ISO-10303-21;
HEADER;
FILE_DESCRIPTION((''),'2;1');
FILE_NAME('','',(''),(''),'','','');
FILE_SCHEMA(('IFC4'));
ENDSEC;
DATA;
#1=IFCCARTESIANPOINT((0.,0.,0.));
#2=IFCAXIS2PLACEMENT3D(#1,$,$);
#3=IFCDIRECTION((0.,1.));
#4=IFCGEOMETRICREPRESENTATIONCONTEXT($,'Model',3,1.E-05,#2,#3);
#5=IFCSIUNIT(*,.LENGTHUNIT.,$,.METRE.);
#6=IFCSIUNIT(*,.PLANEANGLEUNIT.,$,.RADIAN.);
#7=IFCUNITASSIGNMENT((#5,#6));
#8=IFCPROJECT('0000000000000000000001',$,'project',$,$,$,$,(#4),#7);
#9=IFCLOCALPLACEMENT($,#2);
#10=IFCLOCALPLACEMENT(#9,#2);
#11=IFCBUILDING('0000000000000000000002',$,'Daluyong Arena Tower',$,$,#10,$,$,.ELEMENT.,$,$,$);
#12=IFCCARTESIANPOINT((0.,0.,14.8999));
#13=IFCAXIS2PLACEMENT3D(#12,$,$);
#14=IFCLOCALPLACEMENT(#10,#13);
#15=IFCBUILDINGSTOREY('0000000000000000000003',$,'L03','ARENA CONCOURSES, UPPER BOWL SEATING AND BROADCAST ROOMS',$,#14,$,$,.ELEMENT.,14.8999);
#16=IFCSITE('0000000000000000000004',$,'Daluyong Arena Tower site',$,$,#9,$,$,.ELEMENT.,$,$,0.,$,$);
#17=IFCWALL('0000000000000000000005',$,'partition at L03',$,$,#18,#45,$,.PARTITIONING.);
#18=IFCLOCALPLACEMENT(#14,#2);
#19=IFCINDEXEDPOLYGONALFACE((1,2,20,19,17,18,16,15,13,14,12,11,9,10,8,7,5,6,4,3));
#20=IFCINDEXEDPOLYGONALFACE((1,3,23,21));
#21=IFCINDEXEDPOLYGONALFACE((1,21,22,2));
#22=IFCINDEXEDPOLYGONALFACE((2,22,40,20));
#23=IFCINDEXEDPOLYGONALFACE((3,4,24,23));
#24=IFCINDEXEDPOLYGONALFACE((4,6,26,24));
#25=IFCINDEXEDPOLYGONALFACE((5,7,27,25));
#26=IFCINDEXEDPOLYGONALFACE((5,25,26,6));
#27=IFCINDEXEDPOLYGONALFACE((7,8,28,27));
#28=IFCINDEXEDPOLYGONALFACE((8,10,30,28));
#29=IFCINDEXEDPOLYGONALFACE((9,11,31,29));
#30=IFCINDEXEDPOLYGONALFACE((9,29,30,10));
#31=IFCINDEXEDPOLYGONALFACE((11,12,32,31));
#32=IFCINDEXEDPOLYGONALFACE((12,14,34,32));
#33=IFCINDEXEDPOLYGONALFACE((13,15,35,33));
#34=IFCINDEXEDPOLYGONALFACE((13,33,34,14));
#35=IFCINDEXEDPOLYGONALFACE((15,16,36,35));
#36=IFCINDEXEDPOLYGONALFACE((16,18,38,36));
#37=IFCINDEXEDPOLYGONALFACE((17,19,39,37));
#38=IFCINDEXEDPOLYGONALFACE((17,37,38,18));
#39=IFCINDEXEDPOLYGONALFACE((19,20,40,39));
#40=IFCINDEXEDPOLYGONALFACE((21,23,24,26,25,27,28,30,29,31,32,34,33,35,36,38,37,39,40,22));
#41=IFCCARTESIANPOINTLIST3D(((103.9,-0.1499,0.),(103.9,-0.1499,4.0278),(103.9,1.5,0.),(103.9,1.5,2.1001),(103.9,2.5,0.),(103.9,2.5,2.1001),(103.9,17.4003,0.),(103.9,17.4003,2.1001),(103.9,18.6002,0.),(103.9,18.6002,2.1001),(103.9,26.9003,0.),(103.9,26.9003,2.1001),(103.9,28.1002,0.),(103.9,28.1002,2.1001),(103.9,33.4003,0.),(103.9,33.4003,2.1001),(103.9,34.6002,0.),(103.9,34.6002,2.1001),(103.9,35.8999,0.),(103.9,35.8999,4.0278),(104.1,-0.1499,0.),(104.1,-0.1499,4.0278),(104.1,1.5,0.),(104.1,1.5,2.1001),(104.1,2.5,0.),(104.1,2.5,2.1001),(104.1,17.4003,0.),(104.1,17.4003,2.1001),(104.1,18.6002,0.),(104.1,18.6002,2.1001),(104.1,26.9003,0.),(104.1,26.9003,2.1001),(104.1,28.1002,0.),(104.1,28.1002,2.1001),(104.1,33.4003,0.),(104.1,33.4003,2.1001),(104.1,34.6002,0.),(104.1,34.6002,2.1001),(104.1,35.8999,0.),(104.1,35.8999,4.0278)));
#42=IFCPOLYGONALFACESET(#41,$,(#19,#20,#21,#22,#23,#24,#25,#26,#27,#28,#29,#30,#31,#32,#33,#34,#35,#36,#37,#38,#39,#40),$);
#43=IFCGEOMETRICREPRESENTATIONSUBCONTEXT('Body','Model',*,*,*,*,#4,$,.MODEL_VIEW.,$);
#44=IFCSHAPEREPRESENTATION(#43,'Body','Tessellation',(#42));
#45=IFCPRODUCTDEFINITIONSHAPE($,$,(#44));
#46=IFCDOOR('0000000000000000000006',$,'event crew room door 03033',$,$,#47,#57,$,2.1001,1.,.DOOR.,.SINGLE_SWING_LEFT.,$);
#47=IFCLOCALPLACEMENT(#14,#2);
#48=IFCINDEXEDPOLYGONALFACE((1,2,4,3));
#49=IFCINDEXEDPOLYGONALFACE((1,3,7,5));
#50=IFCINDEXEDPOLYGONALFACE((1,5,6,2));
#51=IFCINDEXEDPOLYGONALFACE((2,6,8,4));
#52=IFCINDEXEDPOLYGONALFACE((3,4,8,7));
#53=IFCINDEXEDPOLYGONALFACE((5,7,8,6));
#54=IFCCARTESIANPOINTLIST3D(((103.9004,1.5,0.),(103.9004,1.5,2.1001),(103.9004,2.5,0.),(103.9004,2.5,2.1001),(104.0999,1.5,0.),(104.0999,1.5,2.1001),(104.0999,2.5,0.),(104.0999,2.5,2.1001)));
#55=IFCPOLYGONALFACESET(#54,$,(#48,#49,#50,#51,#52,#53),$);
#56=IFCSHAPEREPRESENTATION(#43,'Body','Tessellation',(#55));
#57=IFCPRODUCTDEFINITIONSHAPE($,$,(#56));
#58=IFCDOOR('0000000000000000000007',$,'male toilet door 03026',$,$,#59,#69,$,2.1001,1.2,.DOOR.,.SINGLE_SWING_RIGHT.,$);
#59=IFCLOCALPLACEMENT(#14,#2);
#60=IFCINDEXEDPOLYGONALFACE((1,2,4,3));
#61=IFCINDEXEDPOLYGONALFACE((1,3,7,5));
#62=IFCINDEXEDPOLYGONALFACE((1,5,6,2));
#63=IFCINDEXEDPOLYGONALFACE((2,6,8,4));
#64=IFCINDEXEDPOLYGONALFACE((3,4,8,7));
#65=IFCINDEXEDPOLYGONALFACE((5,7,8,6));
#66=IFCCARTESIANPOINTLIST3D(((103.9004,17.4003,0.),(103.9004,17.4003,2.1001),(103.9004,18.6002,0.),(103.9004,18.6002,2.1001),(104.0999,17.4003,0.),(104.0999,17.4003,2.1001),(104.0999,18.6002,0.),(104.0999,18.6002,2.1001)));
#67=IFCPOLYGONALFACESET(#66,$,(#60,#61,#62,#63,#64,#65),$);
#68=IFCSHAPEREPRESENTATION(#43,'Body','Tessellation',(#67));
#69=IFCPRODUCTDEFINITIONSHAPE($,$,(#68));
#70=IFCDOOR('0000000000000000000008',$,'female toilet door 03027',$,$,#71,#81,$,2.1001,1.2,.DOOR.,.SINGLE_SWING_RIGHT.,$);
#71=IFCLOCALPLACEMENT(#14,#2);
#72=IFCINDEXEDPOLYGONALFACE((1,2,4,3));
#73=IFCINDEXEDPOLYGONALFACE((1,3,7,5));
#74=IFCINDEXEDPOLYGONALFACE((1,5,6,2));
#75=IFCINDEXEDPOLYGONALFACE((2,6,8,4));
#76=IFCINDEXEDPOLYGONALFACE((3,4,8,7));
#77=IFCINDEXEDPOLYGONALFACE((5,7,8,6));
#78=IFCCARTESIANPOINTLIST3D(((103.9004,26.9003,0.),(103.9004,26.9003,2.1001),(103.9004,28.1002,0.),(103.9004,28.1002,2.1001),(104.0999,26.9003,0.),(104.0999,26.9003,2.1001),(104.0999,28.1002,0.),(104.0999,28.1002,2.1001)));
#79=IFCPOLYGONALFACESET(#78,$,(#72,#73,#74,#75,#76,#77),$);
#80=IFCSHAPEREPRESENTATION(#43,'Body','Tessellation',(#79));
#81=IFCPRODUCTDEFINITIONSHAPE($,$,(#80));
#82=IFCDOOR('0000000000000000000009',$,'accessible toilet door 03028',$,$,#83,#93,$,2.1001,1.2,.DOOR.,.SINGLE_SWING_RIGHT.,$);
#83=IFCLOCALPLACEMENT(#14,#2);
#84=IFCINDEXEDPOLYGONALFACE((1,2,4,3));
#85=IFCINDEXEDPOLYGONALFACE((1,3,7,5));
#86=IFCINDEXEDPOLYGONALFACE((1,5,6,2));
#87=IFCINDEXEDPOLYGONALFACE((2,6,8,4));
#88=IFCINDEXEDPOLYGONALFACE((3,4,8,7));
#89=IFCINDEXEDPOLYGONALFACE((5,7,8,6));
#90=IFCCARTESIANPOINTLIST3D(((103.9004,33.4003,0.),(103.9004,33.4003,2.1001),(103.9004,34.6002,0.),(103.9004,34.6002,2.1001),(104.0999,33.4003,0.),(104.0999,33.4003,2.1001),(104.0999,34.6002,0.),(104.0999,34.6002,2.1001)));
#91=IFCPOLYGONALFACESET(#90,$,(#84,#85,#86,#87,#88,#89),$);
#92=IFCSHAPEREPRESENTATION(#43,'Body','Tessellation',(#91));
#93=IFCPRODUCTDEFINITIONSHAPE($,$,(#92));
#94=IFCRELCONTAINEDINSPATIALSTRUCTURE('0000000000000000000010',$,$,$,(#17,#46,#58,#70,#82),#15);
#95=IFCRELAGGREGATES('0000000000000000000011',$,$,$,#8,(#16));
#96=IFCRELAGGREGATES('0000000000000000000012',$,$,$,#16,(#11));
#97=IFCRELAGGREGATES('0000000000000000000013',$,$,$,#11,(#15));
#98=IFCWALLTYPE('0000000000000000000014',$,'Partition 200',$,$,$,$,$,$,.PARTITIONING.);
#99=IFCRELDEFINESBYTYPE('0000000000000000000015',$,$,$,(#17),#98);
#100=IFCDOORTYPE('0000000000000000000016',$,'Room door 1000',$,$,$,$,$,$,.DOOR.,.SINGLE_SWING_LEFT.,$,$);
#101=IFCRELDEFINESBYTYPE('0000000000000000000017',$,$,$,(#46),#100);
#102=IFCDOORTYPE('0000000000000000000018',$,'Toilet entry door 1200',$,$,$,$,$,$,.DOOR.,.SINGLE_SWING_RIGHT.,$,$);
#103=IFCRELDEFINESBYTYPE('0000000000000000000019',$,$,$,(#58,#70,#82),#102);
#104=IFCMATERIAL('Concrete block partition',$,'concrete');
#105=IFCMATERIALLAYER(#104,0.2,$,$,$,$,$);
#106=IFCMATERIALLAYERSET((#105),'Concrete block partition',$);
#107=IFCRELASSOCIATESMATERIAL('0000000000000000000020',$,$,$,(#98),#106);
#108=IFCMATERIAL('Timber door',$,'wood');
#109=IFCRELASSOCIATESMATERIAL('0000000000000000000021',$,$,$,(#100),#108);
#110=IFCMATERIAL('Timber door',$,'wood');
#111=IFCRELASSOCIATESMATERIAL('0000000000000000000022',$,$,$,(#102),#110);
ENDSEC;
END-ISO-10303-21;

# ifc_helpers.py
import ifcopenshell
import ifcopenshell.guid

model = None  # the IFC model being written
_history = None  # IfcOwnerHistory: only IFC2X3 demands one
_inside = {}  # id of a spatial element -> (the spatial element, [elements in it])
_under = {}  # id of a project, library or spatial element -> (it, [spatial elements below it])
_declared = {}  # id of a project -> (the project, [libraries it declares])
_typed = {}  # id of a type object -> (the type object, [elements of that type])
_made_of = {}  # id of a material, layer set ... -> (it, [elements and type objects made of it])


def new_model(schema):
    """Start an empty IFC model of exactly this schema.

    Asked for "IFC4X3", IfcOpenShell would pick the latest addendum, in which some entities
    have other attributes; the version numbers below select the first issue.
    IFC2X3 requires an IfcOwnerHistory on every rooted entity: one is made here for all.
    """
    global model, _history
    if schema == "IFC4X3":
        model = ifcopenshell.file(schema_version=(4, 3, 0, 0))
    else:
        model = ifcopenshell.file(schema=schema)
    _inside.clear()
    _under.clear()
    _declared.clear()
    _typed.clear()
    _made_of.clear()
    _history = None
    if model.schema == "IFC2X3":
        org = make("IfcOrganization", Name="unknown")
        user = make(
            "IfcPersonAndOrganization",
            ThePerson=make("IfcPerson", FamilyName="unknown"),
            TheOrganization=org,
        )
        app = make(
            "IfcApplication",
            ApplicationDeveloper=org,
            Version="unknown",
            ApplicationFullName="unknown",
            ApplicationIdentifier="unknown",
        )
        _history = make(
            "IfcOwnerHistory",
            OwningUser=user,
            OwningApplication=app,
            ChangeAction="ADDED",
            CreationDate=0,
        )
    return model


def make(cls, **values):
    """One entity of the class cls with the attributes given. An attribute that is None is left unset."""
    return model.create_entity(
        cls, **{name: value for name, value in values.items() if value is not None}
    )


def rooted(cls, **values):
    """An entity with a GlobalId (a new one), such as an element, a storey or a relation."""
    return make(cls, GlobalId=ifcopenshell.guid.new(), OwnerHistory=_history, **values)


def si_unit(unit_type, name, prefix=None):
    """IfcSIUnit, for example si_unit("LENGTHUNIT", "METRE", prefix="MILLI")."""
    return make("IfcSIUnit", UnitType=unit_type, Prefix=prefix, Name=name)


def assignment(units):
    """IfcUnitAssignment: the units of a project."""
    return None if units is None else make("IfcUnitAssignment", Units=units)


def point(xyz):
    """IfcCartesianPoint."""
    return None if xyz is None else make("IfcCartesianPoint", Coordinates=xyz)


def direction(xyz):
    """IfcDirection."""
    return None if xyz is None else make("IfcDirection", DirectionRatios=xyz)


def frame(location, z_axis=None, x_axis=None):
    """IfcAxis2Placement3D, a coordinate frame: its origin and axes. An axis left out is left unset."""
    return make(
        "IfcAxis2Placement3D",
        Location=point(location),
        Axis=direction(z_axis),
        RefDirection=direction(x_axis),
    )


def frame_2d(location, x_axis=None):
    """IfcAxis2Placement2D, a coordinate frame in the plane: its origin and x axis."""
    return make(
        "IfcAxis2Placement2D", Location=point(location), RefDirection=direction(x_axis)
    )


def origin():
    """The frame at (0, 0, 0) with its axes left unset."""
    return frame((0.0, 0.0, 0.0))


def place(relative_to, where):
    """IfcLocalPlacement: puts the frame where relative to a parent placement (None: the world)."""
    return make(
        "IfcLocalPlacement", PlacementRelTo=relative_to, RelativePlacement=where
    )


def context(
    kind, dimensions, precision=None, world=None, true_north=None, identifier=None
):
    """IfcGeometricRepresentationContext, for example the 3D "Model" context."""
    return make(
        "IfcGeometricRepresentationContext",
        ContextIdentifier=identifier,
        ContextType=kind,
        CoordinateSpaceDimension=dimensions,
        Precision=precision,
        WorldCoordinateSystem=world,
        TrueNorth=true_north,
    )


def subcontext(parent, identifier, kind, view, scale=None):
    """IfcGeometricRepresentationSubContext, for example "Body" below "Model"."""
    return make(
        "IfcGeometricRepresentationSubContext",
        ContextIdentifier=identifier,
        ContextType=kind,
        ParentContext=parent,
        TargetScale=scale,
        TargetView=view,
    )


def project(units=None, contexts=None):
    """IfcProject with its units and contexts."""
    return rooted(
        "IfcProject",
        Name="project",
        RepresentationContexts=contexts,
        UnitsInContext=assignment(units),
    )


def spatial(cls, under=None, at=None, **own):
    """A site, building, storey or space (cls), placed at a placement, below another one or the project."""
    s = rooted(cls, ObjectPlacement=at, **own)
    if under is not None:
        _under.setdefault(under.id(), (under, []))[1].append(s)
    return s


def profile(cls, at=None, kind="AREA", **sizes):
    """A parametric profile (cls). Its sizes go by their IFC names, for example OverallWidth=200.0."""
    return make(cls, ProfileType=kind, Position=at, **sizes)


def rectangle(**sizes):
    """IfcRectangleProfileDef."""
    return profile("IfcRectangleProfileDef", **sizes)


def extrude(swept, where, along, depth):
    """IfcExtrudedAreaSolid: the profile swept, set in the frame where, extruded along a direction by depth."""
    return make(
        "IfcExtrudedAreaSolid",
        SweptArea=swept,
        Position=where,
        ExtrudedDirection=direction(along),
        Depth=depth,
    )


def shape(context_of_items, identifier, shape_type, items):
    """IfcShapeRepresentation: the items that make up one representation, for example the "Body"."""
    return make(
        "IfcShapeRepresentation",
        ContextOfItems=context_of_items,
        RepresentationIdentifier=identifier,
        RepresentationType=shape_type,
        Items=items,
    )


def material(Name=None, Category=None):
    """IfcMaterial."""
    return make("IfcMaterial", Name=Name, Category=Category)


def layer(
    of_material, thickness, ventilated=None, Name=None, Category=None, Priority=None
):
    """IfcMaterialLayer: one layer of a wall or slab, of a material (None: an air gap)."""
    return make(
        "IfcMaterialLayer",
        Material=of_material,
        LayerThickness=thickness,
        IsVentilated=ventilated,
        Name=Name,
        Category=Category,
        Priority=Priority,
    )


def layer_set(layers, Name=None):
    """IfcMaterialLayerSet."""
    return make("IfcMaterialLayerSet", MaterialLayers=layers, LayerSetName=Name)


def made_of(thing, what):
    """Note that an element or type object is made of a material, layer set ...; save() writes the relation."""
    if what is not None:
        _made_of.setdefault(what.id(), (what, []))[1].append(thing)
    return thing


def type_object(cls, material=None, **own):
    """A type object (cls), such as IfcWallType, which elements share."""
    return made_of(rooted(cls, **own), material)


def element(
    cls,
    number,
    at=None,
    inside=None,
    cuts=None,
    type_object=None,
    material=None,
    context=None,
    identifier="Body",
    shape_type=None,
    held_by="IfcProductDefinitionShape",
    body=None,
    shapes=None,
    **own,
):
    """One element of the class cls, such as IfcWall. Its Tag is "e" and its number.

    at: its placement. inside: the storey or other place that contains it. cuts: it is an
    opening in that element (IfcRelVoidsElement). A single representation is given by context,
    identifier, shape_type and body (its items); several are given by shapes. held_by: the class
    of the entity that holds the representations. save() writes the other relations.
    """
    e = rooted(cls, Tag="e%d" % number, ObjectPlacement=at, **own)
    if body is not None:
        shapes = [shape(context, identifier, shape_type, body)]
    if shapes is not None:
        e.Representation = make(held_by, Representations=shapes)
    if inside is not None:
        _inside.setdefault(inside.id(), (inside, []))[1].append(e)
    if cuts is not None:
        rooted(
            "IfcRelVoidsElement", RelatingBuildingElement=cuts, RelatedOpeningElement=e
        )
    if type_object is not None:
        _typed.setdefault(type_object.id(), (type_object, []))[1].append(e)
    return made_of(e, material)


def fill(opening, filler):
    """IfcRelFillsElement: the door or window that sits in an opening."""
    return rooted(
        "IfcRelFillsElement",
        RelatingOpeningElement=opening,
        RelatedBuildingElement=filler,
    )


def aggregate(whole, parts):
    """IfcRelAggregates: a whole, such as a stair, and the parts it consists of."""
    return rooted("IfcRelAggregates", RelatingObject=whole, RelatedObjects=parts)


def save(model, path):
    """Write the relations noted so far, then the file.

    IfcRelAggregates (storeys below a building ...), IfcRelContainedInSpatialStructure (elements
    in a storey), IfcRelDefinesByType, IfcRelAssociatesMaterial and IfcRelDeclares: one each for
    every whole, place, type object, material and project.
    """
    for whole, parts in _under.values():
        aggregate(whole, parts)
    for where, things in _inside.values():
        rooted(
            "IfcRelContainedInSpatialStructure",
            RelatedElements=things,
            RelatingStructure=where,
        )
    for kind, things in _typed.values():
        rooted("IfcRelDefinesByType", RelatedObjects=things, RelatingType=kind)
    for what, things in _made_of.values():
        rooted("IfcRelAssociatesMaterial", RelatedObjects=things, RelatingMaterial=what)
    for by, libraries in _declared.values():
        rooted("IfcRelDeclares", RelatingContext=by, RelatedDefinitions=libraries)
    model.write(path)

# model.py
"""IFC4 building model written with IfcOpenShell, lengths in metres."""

from ifc_helpers import new_model, si_unit, direction, frame, frame_2d, origin, place, context, subcontext, project, spatial, rectangle, extrude, material, layer, layer_set, type_object, element, fill, save


model = new_model("IFC4")

# Units and contexts
model_context = context("Model", 3, precision=1e-05, world=origin(), true_north=direction((0.0, 1.0)))
body_context = subcontext(model_context, "Body", "Model", "MODEL_VIEW")
ifc_project = project(units=[si_unit("LENGTHUNIT", "METRE"), si_unit("PLANEANGLEUNIT", "RADIAN")], contexts=[model_context])

# Site, building, storey
site_placement = place(None, origin())
site = spatial("IfcSite", under=ifc_project, at=site_placement, Name="Daluyong Arena Tower site", CompositionType="ELEMENT", RefElevation=0.0)
building_placement = place(site_placement, origin())
building = spatial("IfcBuilding", under=site, at=building_placement, Name="Daluyong Arena Tower", CompositionType="ELEMENT")
storey_placement = place(building_placement, frame((0.0, 0.0, 14.8999)))
storey = spatial("IfcBuildingStorey", under=building, at=storey_placement, Name="L03", Description="ARENA CONCOURSES, UPPER BOWL SEATING AND BROADCAST ROOMS", CompositionType="ELEMENT", Elevation=14.8999)

# Wall, openings, doors
ifc_material_1 = material(Name="Concrete block partition", Category="concrete")
ifc_layer = layer(ifc_material_1, 0.2)
ifc_layer_set = layer_set([ifc_layer], Name="Concrete block partition")
wall_type = type_object("IfcWallType", Name="Partition 200", PredefinedType="PARTITIONING", material=ifc_layer_set)
wall_placement = place(storey_placement, frame((104.0, -0.1499, 0.0), z_axis=(0.0, 0.0, 1.0), x_axis=(0.0, 1.0, 0.0)))
wall = element("IfcWall", 1, at=wall_placement, inside=storey, type_object=wall_type, Name="partition at L03", PredefinedType="PARTITIONING", context=body_context, shape_type="SweptSolid", body=[
    extrude(rectangle(XDim=36.0498, YDim=0.2, at=frame_2d((18.0249, 0.0))), origin(), (0.0, 0.0, 1.0), 4.0278),
])
opening_1_placement = place(wall_placement, frame((17.55, 0.0, 0.0)))
opening_1 = element("IfcOpeningElement", 2, at=opening_1_placement, cuts=wall, PredefinedType="OPENING", context=body_context, shape_type="SweptSolid", body=[
    extrude(rectangle(XDim=1.2, YDim=2.1001, at=frame_2d((0.6001, 1.05))), frame((0.0, 0.1099, 0.0), z_axis=(0.0, -1.0, 0.0), x_axis=(1.0, 0.0, 0.0)), (0.0, 0.0, 1.0), 0.22),
])
opening_2_placement = place(wall_placement, frame((27.05, 0.0, 0.0)))
opening_2 = element("IfcOpeningElement", 3, at=opening_2_placement, cuts=wall, PredefinedType="OPENING", context=body_context, shape_type="SweptSolid", body=[
    extrude(rectangle(XDim=1.2, YDim=2.1001, at=frame_2d((0.6001, 1.05))), frame((0.0, 0.1099, 0.0), z_axis=(0.0, -1.0, 0.0), x_axis=(1.0, 0.0, 0.0)), (0.0, 0.0, 1.0), 0.22),
])
opening_3_placement = place(wall_placement, frame((33.55, 0.0, 0.0)))
opening_3 = element("IfcOpeningElement", 4, at=opening_3_placement, cuts=wall, PredefinedType="OPENING", context=body_context, shape_type="SweptSolid", body=[
    extrude(rectangle(XDim=1.2, YDim=2.1001, at=frame_2d((0.6001, 1.05))), frame((0.0, 0.1099, 0.0), z_axis=(0.0, -1.0, 0.0), x_axis=(1.0, 0.0, 0.0)), (0.0, 0.0, 1.0), 0.22),
])
opening_4_placement = place(wall_placement, frame((1.6499, 0.0, 0.0)))
opening_4 = element("IfcOpeningElement", 5, at=opening_4_placement, cuts=wall, PredefinedType="OPENING", context=body_context, shape_type="SweptSolid", body=[
    extrude(rectangle(XDim=1.0, YDim=2.1001, at=frame_2d((0.5, 1.05))), frame((0.0, 0.1099, 0.0), z_axis=(0.0, -1.0, 0.0), x_axis=(1.0, 0.0, 0.0)), (0.0, 0.0, 1.0), 0.22),
])
ifc_material_2 = material(Name="Timber door", Category="wood")
door_type_1 = type_object("IfcDoorType", Name="Room door 1000", OperationType="SINGLE_SWING_LEFT", PredefinedType="DOOR", material=ifc_material_2)
door_1_placement = place(opening_4_placement, origin())
door_1 = element("IfcDoor", 6, at=door_1_placement, inside=storey, type_object=door_type_1, Name="event crew room door 03033", OperationType="SINGLE_SWING_LEFT", OverallHeight=2.1001, OverallWidth=1.0, PredefinedType="DOOR", context=body_context, shape_type="SweptSolid", body=[
    extrude(rectangle(XDim=1.0, YDim=2.1001, at=frame_2d((0.5, 1.05))), frame((0.0, 0.0996, 0.0), z_axis=(0.0, -1.0, 0.0), x_axis=(1.0, 0.0, 0.0)), (0.0, 0.0, 1.0), 0.1995),
])
fill(opening_4, door_1)
ifc_material_3 = material(Name="Timber door", Category="wood")
door_type_2 = type_object("IfcDoorType", Name="Toilet entry door 1200", OperationType="SINGLE_SWING_RIGHT", PredefinedType="DOOR", material=ifc_material_3)
door_2_placement = place(opening_1_placement, origin())
door_2 = element("IfcDoor", 7, at=door_2_placement, inside=storey, type_object=door_type_2, Name="male toilet door 03026", OperationType="SINGLE_SWING_RIGHT", OverallHeight=2.1001, OverallWidth=1.2, PredefinedType="DOOR", context=body_context, shape_type="SweptSolid", body=[
    extrude(rectangle(XDim=1.2, YDim=2.1001, at=frame_2d((0.6001, 1.05))), frame((0.0, 0.0996, 0.0), z_axis=(0.0, -1.0, 0.0), x_axis=(1.0, 0.0, 0.0)), (0.0, 0.0, 1.0), 0.1995),
])
fill(opening_1, door_2)
door_3_placement = place(opening_2_placement, origin())
door_3 = element("IfcDoor", 8, at=door_3_placement, inside=storey, type_object=door_type_2, Name="female toilet door 03027", OperationType="SINGLE_SWING_RIGHT", OverallHeight=2.1001, OverallWidth=1.2, PredefinedType="DOOR", context=body_context, shape_type="SweptSolid", body=[
    extrude(rectangle(XDim=1.2, YDim=2.1001, at=frame_2d((0.6001, 1.05))), frame((0.0, 0.0996, 0.0), z_axis=(0.0, -1.0, 0.0), x_axis=(1.0, 0.0, 0.0)), (0.0, 0.0, 1.0), 0.1995),
])
fill(opening_2, door_3)
door_4_placement = place(opening_3_placement, origin())
door_4 = element("IfcDoor", 9, at=door_4_placement, inside=storey, type_object=door_type_2, Name="accessible toilet door 03028", OperationType="SINGLE_SWING_RIGHT", OverallHeight=2.1001, OverallWidth=1.2, PredefinedType="DOOR", context=body_context, shape_type="SweptSolid", body=[
    extrude(rectangle(XDim=1.2, YDim=2.1001, at=frame_2d((0.6001, 1.05))), frame((0.0, 0.0996, 0.0), z_axis=(0.0, -1.0, 0.0), x_axis=(1.0, 0.0, 0.0)), (0.0, 0.0, 1.0), 0.1995),
])
fill(opening_3, door_4)

save(model, "model.ifc")
